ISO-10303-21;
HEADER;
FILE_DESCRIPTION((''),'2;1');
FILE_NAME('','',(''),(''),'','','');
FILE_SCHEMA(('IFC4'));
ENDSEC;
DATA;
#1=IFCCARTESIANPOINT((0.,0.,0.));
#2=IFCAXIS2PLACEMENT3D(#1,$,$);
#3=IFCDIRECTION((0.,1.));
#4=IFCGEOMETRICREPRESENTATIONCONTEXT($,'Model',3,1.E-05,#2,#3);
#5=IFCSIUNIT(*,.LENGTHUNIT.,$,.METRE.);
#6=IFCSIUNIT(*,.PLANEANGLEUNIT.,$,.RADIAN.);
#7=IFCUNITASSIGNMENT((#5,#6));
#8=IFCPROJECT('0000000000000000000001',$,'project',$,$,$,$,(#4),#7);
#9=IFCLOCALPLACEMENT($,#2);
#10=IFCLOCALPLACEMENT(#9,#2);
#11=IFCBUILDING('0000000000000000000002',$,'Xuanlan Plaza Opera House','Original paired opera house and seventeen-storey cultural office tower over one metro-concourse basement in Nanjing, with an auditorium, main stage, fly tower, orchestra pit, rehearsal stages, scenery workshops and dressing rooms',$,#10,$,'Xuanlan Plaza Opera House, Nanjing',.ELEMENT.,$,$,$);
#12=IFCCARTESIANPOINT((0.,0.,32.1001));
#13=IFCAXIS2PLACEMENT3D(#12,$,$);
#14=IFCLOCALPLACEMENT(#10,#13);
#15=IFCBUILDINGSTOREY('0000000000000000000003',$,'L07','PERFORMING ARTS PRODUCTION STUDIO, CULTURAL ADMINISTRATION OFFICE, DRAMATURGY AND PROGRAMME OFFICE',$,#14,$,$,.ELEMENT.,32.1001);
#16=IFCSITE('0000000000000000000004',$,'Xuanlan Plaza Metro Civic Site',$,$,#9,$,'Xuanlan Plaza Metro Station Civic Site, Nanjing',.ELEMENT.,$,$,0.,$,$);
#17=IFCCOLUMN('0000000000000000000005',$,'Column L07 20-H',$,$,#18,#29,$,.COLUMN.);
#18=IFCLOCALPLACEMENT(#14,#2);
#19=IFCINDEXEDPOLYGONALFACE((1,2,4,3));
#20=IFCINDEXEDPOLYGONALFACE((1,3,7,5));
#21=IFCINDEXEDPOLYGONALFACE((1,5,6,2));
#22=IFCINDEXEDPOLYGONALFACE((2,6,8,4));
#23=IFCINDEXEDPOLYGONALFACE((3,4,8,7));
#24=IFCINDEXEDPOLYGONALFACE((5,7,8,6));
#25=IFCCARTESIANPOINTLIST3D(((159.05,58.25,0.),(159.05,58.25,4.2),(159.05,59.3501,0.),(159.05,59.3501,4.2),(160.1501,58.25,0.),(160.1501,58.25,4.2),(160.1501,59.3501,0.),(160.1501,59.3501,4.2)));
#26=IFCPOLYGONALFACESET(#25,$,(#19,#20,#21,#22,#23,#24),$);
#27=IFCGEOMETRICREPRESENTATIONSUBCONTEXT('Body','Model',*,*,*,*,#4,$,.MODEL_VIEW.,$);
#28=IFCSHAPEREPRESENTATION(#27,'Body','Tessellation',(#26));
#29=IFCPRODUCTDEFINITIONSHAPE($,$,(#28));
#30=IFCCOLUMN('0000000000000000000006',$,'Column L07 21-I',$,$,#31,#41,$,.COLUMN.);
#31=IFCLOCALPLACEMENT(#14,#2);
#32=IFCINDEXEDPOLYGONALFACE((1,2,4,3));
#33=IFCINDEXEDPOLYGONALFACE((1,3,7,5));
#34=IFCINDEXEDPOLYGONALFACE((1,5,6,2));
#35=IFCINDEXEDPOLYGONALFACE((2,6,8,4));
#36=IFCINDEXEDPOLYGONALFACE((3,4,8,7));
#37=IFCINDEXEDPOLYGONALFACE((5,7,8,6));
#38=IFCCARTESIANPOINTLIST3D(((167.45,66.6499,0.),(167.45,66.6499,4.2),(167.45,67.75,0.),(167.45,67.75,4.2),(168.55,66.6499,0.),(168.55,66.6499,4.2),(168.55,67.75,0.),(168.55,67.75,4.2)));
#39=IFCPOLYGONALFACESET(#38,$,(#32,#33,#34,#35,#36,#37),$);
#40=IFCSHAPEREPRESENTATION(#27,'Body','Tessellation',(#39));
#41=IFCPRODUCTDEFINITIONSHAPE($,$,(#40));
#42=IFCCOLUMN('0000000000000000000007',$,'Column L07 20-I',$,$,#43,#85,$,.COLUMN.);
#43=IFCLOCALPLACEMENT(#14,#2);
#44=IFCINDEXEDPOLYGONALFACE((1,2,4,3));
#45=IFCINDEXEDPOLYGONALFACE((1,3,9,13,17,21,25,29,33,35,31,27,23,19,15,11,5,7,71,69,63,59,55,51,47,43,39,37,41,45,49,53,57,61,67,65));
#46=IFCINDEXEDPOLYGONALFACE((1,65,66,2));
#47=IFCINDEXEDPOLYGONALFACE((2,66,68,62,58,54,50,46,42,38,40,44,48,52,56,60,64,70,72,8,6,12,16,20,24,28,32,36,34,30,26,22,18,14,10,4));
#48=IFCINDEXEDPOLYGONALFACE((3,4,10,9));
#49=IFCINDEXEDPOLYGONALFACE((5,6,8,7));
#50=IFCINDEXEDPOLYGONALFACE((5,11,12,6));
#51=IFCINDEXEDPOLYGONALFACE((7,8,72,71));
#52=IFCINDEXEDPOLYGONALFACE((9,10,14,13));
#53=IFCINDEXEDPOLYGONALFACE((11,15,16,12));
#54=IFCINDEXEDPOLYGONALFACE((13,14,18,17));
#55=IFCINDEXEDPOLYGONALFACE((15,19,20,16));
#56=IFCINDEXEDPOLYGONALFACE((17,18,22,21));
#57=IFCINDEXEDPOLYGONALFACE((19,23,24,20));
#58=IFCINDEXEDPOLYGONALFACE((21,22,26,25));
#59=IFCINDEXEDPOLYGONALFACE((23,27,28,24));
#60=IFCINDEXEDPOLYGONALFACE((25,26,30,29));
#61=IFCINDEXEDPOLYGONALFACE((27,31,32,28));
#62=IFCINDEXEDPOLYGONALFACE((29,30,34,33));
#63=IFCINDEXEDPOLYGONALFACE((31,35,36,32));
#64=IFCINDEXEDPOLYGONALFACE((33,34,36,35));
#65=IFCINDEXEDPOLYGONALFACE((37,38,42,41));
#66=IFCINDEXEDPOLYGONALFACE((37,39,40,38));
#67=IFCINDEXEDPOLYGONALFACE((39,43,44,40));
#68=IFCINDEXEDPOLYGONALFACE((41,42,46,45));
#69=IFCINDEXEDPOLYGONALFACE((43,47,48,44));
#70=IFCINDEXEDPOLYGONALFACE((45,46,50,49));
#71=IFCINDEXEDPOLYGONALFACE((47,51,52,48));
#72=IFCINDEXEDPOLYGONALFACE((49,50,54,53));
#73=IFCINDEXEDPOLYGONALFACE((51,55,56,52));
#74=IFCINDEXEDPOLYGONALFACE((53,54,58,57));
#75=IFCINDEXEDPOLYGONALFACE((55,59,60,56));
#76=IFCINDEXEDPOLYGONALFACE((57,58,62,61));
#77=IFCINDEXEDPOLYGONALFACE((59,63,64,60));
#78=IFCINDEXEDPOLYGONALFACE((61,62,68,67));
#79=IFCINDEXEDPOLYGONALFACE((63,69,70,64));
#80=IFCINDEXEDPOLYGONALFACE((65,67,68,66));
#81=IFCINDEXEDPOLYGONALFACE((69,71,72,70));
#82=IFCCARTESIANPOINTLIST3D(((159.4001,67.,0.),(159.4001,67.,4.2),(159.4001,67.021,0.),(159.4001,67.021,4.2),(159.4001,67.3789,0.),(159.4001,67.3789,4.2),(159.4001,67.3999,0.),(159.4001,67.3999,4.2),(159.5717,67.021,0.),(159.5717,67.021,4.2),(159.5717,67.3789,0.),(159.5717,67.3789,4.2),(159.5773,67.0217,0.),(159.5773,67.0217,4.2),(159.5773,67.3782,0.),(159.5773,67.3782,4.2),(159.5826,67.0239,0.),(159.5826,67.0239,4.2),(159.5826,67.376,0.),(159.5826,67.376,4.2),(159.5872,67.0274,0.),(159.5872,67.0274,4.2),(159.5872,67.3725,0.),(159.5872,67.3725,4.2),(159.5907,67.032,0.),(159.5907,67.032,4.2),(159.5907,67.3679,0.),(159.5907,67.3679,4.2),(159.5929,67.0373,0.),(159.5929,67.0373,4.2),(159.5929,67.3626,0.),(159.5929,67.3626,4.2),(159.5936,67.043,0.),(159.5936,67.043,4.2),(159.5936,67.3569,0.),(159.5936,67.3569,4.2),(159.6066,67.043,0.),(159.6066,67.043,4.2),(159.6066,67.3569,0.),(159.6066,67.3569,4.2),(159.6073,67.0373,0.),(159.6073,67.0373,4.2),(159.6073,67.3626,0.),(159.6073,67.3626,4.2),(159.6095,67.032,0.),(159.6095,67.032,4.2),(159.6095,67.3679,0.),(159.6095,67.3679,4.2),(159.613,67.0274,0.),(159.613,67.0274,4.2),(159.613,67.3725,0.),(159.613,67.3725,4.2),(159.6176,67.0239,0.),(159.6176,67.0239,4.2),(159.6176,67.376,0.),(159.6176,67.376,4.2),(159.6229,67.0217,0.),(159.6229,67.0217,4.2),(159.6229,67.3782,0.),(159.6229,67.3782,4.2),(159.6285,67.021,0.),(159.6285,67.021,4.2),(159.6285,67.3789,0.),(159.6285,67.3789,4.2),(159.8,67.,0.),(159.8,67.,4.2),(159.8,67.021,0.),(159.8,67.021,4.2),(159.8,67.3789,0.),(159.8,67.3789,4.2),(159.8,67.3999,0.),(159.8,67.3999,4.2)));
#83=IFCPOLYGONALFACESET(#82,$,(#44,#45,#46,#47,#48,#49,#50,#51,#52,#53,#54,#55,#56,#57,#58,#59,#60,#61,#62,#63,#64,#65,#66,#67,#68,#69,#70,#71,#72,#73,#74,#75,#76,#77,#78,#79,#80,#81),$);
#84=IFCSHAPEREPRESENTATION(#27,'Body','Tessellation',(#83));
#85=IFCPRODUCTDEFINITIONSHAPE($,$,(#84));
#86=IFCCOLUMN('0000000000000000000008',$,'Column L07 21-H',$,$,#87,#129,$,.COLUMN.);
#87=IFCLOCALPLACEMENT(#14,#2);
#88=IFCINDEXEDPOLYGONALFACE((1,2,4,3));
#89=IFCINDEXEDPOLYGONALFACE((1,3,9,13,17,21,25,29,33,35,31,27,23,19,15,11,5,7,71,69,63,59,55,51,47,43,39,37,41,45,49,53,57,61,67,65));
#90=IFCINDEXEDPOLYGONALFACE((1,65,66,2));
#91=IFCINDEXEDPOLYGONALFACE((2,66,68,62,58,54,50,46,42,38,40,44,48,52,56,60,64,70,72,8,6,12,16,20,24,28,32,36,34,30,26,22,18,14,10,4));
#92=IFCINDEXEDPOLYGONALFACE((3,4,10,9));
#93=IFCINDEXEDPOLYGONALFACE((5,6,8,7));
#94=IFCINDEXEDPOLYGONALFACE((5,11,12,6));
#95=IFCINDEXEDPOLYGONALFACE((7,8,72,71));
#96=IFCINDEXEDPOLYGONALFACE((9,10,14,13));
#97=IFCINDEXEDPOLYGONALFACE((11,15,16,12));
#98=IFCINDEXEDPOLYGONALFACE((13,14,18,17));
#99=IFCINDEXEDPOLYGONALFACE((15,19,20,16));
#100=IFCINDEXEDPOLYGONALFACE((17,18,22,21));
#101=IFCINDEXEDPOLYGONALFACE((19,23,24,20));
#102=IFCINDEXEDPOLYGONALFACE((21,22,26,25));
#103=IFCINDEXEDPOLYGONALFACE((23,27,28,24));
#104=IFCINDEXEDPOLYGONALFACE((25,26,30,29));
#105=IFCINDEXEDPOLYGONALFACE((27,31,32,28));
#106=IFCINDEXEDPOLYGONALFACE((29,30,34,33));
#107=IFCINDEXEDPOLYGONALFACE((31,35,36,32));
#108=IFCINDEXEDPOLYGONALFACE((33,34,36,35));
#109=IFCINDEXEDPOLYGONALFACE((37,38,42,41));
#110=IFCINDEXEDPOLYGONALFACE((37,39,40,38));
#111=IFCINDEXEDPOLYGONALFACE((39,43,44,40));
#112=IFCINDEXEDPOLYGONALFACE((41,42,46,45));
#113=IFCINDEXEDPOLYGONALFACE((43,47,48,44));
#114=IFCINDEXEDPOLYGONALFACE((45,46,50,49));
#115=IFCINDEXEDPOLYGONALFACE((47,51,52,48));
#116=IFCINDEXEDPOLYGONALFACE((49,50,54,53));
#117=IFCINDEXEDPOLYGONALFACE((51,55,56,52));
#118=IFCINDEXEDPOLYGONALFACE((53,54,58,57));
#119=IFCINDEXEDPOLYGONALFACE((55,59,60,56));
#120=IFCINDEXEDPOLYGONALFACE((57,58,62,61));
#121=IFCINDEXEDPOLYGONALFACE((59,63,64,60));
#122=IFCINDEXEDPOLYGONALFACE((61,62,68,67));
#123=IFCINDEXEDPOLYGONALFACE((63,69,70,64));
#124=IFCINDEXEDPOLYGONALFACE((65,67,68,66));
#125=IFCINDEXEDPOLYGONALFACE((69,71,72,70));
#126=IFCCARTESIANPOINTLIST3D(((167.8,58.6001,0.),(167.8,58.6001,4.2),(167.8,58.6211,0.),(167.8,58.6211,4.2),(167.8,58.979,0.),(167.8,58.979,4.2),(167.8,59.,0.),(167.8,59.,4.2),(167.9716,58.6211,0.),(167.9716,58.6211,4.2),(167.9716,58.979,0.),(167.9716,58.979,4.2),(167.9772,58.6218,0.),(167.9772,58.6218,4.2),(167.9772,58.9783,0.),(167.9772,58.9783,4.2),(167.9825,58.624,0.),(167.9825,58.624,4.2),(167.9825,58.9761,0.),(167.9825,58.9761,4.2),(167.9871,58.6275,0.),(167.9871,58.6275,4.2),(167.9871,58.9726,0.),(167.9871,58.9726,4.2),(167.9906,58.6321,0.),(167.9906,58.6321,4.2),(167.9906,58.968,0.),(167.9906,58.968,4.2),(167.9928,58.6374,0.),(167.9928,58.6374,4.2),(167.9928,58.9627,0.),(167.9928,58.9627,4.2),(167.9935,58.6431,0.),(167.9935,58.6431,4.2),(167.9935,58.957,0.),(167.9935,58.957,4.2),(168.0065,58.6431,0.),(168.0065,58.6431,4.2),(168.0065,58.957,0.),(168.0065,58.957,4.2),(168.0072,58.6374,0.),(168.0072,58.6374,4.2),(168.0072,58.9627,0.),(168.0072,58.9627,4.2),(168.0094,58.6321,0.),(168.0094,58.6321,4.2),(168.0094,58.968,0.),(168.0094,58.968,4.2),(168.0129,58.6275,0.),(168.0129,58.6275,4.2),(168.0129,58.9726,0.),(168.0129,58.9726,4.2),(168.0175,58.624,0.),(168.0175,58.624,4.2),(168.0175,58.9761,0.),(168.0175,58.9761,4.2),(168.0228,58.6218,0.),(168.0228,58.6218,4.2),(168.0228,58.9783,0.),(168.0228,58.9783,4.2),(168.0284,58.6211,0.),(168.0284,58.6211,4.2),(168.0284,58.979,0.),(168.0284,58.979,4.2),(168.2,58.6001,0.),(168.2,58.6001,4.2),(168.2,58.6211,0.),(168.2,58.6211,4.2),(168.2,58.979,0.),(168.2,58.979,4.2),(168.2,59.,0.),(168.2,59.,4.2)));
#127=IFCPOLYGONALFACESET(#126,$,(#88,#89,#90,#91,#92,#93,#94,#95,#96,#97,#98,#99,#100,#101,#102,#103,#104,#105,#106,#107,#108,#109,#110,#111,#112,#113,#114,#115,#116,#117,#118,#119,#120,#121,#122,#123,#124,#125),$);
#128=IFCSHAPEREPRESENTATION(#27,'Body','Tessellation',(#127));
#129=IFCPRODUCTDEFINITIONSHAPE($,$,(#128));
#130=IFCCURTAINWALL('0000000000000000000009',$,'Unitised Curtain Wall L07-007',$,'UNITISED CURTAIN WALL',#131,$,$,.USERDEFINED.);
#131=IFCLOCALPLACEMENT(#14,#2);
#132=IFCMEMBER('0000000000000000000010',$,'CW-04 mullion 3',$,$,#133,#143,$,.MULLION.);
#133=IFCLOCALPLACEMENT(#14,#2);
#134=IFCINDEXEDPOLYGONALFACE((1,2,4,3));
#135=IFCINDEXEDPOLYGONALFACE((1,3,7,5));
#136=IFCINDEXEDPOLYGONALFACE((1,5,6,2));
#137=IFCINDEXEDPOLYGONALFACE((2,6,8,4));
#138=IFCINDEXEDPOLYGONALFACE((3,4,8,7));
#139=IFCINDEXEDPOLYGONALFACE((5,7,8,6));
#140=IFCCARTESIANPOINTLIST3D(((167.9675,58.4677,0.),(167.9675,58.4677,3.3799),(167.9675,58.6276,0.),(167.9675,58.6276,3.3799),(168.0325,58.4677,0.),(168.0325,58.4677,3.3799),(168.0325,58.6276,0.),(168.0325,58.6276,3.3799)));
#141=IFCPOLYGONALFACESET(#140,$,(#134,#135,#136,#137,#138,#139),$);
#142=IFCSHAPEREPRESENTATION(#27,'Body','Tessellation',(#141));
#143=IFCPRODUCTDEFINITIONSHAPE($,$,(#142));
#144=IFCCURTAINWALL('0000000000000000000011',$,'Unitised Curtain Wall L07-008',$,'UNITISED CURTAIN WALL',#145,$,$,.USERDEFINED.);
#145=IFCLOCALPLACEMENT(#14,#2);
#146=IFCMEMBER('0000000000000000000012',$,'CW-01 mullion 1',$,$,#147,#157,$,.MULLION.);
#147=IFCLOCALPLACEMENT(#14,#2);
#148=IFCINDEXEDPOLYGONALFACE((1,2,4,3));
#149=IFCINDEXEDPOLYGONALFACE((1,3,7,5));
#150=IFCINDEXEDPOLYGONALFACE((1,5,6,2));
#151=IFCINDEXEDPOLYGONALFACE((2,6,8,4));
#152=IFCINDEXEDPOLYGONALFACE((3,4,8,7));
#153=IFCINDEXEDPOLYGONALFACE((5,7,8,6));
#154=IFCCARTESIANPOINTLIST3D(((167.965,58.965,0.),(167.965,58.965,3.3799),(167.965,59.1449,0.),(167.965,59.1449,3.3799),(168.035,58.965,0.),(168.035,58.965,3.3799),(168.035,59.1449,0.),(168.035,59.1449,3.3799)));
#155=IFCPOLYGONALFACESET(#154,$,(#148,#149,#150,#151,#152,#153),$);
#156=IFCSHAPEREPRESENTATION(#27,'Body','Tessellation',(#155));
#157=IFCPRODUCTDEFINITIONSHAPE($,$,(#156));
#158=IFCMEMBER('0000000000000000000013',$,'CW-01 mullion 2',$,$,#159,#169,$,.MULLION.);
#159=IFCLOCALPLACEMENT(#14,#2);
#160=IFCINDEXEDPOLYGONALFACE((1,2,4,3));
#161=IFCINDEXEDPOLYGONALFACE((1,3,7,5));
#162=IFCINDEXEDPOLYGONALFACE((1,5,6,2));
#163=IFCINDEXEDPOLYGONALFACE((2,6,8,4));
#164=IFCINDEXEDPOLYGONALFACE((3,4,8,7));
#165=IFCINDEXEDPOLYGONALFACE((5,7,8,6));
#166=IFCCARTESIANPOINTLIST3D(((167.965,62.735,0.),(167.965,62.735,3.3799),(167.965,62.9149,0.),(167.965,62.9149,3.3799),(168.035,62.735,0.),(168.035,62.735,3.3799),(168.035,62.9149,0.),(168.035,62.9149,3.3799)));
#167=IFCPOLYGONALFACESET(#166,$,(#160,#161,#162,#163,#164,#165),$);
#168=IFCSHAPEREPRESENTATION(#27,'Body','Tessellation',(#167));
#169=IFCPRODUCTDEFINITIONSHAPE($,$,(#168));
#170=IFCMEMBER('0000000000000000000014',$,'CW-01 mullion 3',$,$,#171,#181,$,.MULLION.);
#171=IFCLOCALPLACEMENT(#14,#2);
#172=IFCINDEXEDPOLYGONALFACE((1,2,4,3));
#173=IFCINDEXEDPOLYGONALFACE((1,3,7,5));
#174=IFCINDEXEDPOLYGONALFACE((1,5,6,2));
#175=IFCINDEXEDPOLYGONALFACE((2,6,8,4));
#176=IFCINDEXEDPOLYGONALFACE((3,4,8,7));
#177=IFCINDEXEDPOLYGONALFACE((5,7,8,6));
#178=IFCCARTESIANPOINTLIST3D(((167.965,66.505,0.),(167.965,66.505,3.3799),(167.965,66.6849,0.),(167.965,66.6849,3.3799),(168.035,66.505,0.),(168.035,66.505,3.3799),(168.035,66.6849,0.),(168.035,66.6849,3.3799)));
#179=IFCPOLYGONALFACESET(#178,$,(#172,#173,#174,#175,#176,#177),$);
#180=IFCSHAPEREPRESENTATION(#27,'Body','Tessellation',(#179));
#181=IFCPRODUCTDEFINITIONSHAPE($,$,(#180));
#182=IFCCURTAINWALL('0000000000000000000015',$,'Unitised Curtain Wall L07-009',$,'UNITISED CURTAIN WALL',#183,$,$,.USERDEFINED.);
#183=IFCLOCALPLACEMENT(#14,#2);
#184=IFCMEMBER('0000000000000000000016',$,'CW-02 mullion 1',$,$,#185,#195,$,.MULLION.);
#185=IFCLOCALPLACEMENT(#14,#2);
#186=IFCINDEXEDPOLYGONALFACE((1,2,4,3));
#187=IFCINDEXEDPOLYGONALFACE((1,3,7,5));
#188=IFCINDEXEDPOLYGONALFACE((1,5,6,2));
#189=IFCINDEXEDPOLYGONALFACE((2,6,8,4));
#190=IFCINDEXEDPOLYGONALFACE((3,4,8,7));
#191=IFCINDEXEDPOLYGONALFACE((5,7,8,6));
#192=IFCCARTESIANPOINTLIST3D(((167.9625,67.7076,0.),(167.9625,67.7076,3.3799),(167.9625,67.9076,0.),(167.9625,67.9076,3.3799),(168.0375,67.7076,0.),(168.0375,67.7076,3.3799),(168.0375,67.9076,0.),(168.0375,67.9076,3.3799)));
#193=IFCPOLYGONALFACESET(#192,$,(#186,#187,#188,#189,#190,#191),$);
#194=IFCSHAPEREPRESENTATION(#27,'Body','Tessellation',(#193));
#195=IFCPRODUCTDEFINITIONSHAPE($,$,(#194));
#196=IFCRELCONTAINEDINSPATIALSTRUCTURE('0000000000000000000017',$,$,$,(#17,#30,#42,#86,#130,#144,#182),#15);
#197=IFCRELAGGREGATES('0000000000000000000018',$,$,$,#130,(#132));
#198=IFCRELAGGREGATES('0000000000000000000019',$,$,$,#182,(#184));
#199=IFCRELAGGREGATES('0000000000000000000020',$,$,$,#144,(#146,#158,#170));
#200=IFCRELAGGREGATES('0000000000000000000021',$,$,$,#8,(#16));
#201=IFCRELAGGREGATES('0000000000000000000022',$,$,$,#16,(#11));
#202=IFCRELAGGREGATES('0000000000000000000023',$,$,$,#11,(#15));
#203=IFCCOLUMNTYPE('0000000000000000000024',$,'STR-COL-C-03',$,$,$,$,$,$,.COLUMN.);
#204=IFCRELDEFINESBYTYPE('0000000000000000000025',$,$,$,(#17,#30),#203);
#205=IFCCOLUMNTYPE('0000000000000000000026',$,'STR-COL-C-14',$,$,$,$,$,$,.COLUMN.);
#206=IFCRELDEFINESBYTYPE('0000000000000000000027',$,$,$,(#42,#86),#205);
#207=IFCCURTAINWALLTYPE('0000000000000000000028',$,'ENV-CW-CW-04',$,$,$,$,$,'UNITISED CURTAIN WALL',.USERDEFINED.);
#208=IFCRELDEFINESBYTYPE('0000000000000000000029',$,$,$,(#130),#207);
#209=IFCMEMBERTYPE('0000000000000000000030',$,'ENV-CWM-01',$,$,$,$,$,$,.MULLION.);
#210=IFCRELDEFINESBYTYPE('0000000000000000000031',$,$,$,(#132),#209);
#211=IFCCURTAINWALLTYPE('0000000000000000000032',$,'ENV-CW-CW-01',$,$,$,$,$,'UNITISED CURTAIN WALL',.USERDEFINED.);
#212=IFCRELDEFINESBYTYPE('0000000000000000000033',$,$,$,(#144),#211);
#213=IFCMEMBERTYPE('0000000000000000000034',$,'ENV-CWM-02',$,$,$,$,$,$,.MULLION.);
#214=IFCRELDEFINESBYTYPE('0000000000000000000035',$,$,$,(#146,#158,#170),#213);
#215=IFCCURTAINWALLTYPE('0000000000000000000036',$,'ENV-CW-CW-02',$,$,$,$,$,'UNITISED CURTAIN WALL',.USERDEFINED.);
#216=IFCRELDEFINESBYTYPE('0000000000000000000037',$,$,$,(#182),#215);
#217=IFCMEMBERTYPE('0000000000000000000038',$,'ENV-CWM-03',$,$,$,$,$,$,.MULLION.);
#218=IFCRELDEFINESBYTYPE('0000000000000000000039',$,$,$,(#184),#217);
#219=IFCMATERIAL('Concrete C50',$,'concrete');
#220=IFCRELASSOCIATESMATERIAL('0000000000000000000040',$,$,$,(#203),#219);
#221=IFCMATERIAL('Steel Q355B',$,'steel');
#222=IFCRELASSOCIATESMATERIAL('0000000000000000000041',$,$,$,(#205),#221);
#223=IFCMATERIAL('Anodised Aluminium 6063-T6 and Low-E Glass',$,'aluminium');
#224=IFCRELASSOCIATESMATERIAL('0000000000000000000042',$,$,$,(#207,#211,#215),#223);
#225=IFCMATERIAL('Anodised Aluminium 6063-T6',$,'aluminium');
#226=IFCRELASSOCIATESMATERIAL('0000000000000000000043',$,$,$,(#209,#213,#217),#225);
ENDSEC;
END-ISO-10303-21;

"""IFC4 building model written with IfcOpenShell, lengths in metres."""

from ifc_helpers import new_model, si_unit, direction, frame, origin, origin_2d, place, context, subcontext, project, spatial, rectangle, i_section, extrude, material, material_profile, profile_set, type_object, element, aggregate, save


model = new_model("IFC4")

# Units and contexts
model_context = context("Model", 3, precision=1e-05, world=origin(), true_north=direction((0.0, 1.0)))
body_context = subcontext(model_context, "Body", "Model", "MODEL_VIEW")
ifc_project = project(units=[si_unit("LENGTHUNIT", "METRE"), si_unit("PLANEANGLEUNIT", "RADIAN")], contexts=[model_context])

# Site, building, storey
site_placement = place(None, origin())
site = spatial("IfcSite", under=ifc_project, at=site_placement, Name="Xuanlan Plaza Metro Civic Site", LongName="Xuanlan Plaza Metro Station Civic Site, Nanjing", CompositionType="ELEMENT", RefElevation=0.0)
building_placement = place(site_placement, origin())
building = spatial("IfcBuilding", under=site, at=building_placement, Name="Xuanlan Plaza Opera House", Description="Original paired opera house and seventeen-storey cultural office tower over one metro-concourse basement in Nanjing, with an auditorium, main stage, fly tower, orchestra pit, rehearsal stages, scenery workshops and dressing rooms", LongName="Xuanlan Plaza Opera House, Nanjing", CompositionType="ELEMENT")
storey_placement = place(building_placement, frame((0.0, 0.0, 32.1001)))
storey = spatial("IfcBuildingStorey", under=building, at=storey_placement, Name="L07", Description="PERFORMING ARTS PRODUCTION STUDIO, CULTURAL ADMINISTRATION OFFICE, DRAMATURGY AND PROGRAMME OFFICE", CompositionType="ELEMENT", Elevation=32.1001)

# Columns
ifc_material_1 = material(Name="Concrete C50", Category="concrete")
ifc_material_profile_1 = material_profile(ifc_material_1, rectangle(XDim=1.1001, YDim=1.1001, at=origin_2d()), Name="RC-COL 1100x1100")
ifc_profile_set_1 = profile_set([ifc_material_profile_1], Name="Concrete C50")
column_type_1 = type_object("IfcColumnType", Name="STR-COL-C-03", PredefinedType="COLUMN", material=ifc_profile_set_1)
for number, where, z_axis, x_axis, name in (
    (1, (159.6001, 58.8, 0.0), (0.0, 0.0, 1.0), (1.0, 0.0, 0.0), "Column L07 20-H"),
    (2, (168.0, 67.2, 0.0), (0.0, 0.0, 1.0), (1.0, 0.0, 0.0), "Column L07 21-I"),
):
    element("IfcColumn", number, at=place(storey_placement, frame(where, z_axis=z_axis, x_axis=x_axis)), inside=storey, type_object=column_type_1, Name=name, PredefinedType="COLUMN", context=body_context, shape_type="SweptSolid", body=[
        extrude(rectangle(XDim=1.1001, YDim=1.1001, at=origin_2d()), origin(), (0.0, 0.0, 1.0), 4.2),
    ])
ifc_material_2 = material(Name="Steel Q355B", Category="steel")
ifc_material_profile_2 = material_profile(ifc_material_2, i_section(OverallWidth=0.3999, OverallDepth=0.3999, WebThickness=0.0129, FlangeThickness=0.021, FilletRadius=0.022, at=origin_2d()), Name="HW 400x400x13x21")
ifc_profile_set_2 = profile_set([ifc_material_profile_2], Name="Steel Q355B")
column_type_2 = type_object("IfcColumnType", Name="STR-COL-C-14", PredefinedType="COLUMN", material=ifc_profile_set_2)
for number, where, z_axis, x_axis, name in (
    (3, (159.6001, 67.2, 0.0), (0.0, 0.0, 1.0), (1.0, 0.0, 0.0), "Column L07 20-I"),
    (4, (168.0, 58.8, 0.0), (0.0, 0.0, 1.0), (1.0, 0.0, 0.0), "Column L07 21-H"),
):
    element("IfcColumn", number, at=place(storey_placement, frame(where, z_axis=z_axis, x_axis=x_axis)), inside=storey, type_object=column_type_2, Name=name, PredefinedType="COLUMN", context=body_context, shape_type="SweptSolid", body=[
        extrude(i_section(OverallWidth=0.3999, OverallDepth=0.3999, WebThickness=0.0129, FlangeThickness=0.021, FilletRadius=0.022, at=origin_2d()), origin(), (0.0, 0.0, 1.0), 4.2),
    ])

# Curtain wall, member
ifc_material_3 = material(Name="Anodised Aluminium 6063-T6 and Low-E Glass", Category="aluminium")
curtain_wall_type_1 = type_object("IfcCurtainWallType", Name="ENV-CW-CW-04", ElementType="UNITISED CURTAIN WALL", PredefinedType="USERDEFINED", material=ifc_material_3)
curtain_wall_1_placement = place(storey_placement, origin())
curtain_wall_1 = element("IfcCurtainWall", 5, at=curtain_wall_1_placement, inside=storey, type_object=curtain_wall_type_1, Name="Unitised Curtain Wall L07-007", ObjectType="UNITISED CURTAIN WALL", PredefinedType="USERDEFINED")
ifc_material_4 = material(Name="Anodised Aluminium 6063-T6", Category="aluminium")
ifc_material_profile_3 = material_profile(ifc_material_4, rectangle(XDim=0.0649, YDim=0.1599, at=origin_2d()), Name="ALU-M 65x160")
ifc_profile_set_3 = profile_set([ifc_material_profile_3], Name="Anodised Aluminium 6063-T6")
member_type_1 = type_object("IfcMemberType", Name="ENV-CWM-01", PredefinedType="MULLION", material=ifc_profile_set_3)
member_1_placement = place(storey_placement, frame((168.0, 58.5476, 0.0), z_axis=(0.0, 0.0, 1.0), x_axis=(-1.0, 0.0, 0.0)))
member_1 = element("IfcMember", 6, at=member_1_placement, type_object=member_type_1, Name="CW-04 mullion 3", PredefinedType="MULLION", context=body_context, shape_type="SweptSolid", body=[
    extrude(rectangle(XDim=0.0649, YDim=0.1599, at=origin_2d()), origin(), (0.0, 0.0, 1.0), 3.3799),
])
aggregate(curtain_wall_1, [member_1])

# Curtain walls, members
curtain_wall_type_2 = type_object("IfcCurtainWallType", Name="ENV-CW-CW-01", ElementType="UNITISED CURTAIN WALL", PredefinedType="USERDEFINED", material=ifc_material_3)
curtain_wall_2_placement = place(storey_placement, origin())
curtain_wall_2 = element("IfcCurtainWall", 7, at=curtain_wall_2_placement, inside=storey, type_object=curtain_wall_type_2, Name="Unitised Curtain Wall L07-008", ObjectType="UNITISED CURTAIN WALL", PredefinedType="USERDEFINED")
ifc_material_profile_4 = material_profile(ifc_material_4, rectangle(XDim=0.0701, YDim=0.1799, at=origin_2d()), Name="ALU-M 70x180")
ifc_profile_set_4 = profile_set([ifc_material_profile_4], Name="Anodised Aluminium 6063-T6")
member_type_2 = type_object("IfcMemberType", Name="ENV-CWM-02", PredefinedType="MULLION", material=ifc_profile_set_4)
member_2_placement = place(storey_placement, frame((168.0, 59.0549, 0.0), z_axis=(0.0, 0.0, 1.0), x_axis=(-1.0, 0.0, 0.0)))
member_2 = element("IfcMember", 8, at=member_2_placement, type_object=member_type_2, Name="CW-01 mullion 1", PredefinedType="MULLION", context=body_context, shape_type="SweptSolid", body=[
    extrude(rectangle(XDim=0.0701, YDim=0.1799, at=origin_2d()), origin(), (0.0, 0.0, 1.0), 3.3799),
])
member_3_placement = place(storey_placement, frame((168.0, 62.825, 0.0), z_axis=(0.0, 0.0, 1.0), x_axis=(-1.0, 0.0, 0.0)))
member_3 = element("IfcMember", 9, at=member_3_placement, type_object=member_type_2, Name="CW-01 mullion 2", PredefinedType="MULLION", context=body_context, shape_type="SweptSolid", body=[
    extrude(rectangle(XDim=0.0701, YDim=0.1799, at=origin_2d()), origin(), (0.0, 0.0, 1.0), 3.3799),
])
member_4_placement = place(storey_placement, frame((168.0, 66.595, 0.0), z_axis=(0.0, 0.0, 1.0), x_axis=(-1.0, 0.0, 0.0)))
member_4 = element("IfcMember", 10, at=member_4_placement, type_object=member_type_2, Name="CW-01 mullion 3", PredefinedType="MULLION", context=body_context, shape_type="SweptSolid", body=[
    extrude(rectangle(XDim=0.0701, YDim=0.1799, at=origin_2d()), origin(), (0.0, 0.0, 1.0), 3.3799),
])
curtain_wall_type_3 = type_object("IfcCurtainWallType", Name="ENV-CW-CW-02", ElementType="UNITISED CURTAIN WALL", PredefinedType="USERDEFINED", material=ifc_material_3)
curtain_wall_3_placement = place(storey_placement, origin())
curtain_wall_3 = element("IfcCurtainWall", 11, at=curtain_wall_3_placement, inside=storey, type_object=curtain_wall_type_3, Name="Unitised Curtain Wall L07-009", ObjectType="UNITISED CURTAIN WALL", PredefinedType="USERDEFINED")
ifc_material_profile_5 = material_profile(ifc_material_4, rectangle(XDim=0.075, YDim=0.2, at=origin_2d()), Name="ALU-M 75x200")
ifc_profile_set_5 = profile_set([ifc_material_profile_5], Name="Anodised Aluminium 6063-T6")
member_type_3 = type_object("IfcMemberType", Name="ENV-CWM-03", PredefinedType="MULLION", material=ifc_profile_set_5)
member_5_placement = place(storey_placement, frame((168.0, 67.8076, 0.0), z_axis=(0.0, 0.0, 1.0), x_axis=(-1.0, 0.0, 0.0)))
member_5 = element("IfcMember", 12, at=member_5_placement, type_object=member_type_3, Name="CW-02 mullion 1", PredefinedType="MULLION", context=body_context, shape_type="SweptSolid", body=[
    extrude(rectangle(XDim=0.075, YDim=0.2, at=origin_2d()), origin(), (0.0, 0.0, 1.0), 3.3799),
])

aggregate(curtain_wall_3, [member_5])
aggregate(curtain_wall_2, [member_2, member_3, member_4])

save(model, "model.ifc")
